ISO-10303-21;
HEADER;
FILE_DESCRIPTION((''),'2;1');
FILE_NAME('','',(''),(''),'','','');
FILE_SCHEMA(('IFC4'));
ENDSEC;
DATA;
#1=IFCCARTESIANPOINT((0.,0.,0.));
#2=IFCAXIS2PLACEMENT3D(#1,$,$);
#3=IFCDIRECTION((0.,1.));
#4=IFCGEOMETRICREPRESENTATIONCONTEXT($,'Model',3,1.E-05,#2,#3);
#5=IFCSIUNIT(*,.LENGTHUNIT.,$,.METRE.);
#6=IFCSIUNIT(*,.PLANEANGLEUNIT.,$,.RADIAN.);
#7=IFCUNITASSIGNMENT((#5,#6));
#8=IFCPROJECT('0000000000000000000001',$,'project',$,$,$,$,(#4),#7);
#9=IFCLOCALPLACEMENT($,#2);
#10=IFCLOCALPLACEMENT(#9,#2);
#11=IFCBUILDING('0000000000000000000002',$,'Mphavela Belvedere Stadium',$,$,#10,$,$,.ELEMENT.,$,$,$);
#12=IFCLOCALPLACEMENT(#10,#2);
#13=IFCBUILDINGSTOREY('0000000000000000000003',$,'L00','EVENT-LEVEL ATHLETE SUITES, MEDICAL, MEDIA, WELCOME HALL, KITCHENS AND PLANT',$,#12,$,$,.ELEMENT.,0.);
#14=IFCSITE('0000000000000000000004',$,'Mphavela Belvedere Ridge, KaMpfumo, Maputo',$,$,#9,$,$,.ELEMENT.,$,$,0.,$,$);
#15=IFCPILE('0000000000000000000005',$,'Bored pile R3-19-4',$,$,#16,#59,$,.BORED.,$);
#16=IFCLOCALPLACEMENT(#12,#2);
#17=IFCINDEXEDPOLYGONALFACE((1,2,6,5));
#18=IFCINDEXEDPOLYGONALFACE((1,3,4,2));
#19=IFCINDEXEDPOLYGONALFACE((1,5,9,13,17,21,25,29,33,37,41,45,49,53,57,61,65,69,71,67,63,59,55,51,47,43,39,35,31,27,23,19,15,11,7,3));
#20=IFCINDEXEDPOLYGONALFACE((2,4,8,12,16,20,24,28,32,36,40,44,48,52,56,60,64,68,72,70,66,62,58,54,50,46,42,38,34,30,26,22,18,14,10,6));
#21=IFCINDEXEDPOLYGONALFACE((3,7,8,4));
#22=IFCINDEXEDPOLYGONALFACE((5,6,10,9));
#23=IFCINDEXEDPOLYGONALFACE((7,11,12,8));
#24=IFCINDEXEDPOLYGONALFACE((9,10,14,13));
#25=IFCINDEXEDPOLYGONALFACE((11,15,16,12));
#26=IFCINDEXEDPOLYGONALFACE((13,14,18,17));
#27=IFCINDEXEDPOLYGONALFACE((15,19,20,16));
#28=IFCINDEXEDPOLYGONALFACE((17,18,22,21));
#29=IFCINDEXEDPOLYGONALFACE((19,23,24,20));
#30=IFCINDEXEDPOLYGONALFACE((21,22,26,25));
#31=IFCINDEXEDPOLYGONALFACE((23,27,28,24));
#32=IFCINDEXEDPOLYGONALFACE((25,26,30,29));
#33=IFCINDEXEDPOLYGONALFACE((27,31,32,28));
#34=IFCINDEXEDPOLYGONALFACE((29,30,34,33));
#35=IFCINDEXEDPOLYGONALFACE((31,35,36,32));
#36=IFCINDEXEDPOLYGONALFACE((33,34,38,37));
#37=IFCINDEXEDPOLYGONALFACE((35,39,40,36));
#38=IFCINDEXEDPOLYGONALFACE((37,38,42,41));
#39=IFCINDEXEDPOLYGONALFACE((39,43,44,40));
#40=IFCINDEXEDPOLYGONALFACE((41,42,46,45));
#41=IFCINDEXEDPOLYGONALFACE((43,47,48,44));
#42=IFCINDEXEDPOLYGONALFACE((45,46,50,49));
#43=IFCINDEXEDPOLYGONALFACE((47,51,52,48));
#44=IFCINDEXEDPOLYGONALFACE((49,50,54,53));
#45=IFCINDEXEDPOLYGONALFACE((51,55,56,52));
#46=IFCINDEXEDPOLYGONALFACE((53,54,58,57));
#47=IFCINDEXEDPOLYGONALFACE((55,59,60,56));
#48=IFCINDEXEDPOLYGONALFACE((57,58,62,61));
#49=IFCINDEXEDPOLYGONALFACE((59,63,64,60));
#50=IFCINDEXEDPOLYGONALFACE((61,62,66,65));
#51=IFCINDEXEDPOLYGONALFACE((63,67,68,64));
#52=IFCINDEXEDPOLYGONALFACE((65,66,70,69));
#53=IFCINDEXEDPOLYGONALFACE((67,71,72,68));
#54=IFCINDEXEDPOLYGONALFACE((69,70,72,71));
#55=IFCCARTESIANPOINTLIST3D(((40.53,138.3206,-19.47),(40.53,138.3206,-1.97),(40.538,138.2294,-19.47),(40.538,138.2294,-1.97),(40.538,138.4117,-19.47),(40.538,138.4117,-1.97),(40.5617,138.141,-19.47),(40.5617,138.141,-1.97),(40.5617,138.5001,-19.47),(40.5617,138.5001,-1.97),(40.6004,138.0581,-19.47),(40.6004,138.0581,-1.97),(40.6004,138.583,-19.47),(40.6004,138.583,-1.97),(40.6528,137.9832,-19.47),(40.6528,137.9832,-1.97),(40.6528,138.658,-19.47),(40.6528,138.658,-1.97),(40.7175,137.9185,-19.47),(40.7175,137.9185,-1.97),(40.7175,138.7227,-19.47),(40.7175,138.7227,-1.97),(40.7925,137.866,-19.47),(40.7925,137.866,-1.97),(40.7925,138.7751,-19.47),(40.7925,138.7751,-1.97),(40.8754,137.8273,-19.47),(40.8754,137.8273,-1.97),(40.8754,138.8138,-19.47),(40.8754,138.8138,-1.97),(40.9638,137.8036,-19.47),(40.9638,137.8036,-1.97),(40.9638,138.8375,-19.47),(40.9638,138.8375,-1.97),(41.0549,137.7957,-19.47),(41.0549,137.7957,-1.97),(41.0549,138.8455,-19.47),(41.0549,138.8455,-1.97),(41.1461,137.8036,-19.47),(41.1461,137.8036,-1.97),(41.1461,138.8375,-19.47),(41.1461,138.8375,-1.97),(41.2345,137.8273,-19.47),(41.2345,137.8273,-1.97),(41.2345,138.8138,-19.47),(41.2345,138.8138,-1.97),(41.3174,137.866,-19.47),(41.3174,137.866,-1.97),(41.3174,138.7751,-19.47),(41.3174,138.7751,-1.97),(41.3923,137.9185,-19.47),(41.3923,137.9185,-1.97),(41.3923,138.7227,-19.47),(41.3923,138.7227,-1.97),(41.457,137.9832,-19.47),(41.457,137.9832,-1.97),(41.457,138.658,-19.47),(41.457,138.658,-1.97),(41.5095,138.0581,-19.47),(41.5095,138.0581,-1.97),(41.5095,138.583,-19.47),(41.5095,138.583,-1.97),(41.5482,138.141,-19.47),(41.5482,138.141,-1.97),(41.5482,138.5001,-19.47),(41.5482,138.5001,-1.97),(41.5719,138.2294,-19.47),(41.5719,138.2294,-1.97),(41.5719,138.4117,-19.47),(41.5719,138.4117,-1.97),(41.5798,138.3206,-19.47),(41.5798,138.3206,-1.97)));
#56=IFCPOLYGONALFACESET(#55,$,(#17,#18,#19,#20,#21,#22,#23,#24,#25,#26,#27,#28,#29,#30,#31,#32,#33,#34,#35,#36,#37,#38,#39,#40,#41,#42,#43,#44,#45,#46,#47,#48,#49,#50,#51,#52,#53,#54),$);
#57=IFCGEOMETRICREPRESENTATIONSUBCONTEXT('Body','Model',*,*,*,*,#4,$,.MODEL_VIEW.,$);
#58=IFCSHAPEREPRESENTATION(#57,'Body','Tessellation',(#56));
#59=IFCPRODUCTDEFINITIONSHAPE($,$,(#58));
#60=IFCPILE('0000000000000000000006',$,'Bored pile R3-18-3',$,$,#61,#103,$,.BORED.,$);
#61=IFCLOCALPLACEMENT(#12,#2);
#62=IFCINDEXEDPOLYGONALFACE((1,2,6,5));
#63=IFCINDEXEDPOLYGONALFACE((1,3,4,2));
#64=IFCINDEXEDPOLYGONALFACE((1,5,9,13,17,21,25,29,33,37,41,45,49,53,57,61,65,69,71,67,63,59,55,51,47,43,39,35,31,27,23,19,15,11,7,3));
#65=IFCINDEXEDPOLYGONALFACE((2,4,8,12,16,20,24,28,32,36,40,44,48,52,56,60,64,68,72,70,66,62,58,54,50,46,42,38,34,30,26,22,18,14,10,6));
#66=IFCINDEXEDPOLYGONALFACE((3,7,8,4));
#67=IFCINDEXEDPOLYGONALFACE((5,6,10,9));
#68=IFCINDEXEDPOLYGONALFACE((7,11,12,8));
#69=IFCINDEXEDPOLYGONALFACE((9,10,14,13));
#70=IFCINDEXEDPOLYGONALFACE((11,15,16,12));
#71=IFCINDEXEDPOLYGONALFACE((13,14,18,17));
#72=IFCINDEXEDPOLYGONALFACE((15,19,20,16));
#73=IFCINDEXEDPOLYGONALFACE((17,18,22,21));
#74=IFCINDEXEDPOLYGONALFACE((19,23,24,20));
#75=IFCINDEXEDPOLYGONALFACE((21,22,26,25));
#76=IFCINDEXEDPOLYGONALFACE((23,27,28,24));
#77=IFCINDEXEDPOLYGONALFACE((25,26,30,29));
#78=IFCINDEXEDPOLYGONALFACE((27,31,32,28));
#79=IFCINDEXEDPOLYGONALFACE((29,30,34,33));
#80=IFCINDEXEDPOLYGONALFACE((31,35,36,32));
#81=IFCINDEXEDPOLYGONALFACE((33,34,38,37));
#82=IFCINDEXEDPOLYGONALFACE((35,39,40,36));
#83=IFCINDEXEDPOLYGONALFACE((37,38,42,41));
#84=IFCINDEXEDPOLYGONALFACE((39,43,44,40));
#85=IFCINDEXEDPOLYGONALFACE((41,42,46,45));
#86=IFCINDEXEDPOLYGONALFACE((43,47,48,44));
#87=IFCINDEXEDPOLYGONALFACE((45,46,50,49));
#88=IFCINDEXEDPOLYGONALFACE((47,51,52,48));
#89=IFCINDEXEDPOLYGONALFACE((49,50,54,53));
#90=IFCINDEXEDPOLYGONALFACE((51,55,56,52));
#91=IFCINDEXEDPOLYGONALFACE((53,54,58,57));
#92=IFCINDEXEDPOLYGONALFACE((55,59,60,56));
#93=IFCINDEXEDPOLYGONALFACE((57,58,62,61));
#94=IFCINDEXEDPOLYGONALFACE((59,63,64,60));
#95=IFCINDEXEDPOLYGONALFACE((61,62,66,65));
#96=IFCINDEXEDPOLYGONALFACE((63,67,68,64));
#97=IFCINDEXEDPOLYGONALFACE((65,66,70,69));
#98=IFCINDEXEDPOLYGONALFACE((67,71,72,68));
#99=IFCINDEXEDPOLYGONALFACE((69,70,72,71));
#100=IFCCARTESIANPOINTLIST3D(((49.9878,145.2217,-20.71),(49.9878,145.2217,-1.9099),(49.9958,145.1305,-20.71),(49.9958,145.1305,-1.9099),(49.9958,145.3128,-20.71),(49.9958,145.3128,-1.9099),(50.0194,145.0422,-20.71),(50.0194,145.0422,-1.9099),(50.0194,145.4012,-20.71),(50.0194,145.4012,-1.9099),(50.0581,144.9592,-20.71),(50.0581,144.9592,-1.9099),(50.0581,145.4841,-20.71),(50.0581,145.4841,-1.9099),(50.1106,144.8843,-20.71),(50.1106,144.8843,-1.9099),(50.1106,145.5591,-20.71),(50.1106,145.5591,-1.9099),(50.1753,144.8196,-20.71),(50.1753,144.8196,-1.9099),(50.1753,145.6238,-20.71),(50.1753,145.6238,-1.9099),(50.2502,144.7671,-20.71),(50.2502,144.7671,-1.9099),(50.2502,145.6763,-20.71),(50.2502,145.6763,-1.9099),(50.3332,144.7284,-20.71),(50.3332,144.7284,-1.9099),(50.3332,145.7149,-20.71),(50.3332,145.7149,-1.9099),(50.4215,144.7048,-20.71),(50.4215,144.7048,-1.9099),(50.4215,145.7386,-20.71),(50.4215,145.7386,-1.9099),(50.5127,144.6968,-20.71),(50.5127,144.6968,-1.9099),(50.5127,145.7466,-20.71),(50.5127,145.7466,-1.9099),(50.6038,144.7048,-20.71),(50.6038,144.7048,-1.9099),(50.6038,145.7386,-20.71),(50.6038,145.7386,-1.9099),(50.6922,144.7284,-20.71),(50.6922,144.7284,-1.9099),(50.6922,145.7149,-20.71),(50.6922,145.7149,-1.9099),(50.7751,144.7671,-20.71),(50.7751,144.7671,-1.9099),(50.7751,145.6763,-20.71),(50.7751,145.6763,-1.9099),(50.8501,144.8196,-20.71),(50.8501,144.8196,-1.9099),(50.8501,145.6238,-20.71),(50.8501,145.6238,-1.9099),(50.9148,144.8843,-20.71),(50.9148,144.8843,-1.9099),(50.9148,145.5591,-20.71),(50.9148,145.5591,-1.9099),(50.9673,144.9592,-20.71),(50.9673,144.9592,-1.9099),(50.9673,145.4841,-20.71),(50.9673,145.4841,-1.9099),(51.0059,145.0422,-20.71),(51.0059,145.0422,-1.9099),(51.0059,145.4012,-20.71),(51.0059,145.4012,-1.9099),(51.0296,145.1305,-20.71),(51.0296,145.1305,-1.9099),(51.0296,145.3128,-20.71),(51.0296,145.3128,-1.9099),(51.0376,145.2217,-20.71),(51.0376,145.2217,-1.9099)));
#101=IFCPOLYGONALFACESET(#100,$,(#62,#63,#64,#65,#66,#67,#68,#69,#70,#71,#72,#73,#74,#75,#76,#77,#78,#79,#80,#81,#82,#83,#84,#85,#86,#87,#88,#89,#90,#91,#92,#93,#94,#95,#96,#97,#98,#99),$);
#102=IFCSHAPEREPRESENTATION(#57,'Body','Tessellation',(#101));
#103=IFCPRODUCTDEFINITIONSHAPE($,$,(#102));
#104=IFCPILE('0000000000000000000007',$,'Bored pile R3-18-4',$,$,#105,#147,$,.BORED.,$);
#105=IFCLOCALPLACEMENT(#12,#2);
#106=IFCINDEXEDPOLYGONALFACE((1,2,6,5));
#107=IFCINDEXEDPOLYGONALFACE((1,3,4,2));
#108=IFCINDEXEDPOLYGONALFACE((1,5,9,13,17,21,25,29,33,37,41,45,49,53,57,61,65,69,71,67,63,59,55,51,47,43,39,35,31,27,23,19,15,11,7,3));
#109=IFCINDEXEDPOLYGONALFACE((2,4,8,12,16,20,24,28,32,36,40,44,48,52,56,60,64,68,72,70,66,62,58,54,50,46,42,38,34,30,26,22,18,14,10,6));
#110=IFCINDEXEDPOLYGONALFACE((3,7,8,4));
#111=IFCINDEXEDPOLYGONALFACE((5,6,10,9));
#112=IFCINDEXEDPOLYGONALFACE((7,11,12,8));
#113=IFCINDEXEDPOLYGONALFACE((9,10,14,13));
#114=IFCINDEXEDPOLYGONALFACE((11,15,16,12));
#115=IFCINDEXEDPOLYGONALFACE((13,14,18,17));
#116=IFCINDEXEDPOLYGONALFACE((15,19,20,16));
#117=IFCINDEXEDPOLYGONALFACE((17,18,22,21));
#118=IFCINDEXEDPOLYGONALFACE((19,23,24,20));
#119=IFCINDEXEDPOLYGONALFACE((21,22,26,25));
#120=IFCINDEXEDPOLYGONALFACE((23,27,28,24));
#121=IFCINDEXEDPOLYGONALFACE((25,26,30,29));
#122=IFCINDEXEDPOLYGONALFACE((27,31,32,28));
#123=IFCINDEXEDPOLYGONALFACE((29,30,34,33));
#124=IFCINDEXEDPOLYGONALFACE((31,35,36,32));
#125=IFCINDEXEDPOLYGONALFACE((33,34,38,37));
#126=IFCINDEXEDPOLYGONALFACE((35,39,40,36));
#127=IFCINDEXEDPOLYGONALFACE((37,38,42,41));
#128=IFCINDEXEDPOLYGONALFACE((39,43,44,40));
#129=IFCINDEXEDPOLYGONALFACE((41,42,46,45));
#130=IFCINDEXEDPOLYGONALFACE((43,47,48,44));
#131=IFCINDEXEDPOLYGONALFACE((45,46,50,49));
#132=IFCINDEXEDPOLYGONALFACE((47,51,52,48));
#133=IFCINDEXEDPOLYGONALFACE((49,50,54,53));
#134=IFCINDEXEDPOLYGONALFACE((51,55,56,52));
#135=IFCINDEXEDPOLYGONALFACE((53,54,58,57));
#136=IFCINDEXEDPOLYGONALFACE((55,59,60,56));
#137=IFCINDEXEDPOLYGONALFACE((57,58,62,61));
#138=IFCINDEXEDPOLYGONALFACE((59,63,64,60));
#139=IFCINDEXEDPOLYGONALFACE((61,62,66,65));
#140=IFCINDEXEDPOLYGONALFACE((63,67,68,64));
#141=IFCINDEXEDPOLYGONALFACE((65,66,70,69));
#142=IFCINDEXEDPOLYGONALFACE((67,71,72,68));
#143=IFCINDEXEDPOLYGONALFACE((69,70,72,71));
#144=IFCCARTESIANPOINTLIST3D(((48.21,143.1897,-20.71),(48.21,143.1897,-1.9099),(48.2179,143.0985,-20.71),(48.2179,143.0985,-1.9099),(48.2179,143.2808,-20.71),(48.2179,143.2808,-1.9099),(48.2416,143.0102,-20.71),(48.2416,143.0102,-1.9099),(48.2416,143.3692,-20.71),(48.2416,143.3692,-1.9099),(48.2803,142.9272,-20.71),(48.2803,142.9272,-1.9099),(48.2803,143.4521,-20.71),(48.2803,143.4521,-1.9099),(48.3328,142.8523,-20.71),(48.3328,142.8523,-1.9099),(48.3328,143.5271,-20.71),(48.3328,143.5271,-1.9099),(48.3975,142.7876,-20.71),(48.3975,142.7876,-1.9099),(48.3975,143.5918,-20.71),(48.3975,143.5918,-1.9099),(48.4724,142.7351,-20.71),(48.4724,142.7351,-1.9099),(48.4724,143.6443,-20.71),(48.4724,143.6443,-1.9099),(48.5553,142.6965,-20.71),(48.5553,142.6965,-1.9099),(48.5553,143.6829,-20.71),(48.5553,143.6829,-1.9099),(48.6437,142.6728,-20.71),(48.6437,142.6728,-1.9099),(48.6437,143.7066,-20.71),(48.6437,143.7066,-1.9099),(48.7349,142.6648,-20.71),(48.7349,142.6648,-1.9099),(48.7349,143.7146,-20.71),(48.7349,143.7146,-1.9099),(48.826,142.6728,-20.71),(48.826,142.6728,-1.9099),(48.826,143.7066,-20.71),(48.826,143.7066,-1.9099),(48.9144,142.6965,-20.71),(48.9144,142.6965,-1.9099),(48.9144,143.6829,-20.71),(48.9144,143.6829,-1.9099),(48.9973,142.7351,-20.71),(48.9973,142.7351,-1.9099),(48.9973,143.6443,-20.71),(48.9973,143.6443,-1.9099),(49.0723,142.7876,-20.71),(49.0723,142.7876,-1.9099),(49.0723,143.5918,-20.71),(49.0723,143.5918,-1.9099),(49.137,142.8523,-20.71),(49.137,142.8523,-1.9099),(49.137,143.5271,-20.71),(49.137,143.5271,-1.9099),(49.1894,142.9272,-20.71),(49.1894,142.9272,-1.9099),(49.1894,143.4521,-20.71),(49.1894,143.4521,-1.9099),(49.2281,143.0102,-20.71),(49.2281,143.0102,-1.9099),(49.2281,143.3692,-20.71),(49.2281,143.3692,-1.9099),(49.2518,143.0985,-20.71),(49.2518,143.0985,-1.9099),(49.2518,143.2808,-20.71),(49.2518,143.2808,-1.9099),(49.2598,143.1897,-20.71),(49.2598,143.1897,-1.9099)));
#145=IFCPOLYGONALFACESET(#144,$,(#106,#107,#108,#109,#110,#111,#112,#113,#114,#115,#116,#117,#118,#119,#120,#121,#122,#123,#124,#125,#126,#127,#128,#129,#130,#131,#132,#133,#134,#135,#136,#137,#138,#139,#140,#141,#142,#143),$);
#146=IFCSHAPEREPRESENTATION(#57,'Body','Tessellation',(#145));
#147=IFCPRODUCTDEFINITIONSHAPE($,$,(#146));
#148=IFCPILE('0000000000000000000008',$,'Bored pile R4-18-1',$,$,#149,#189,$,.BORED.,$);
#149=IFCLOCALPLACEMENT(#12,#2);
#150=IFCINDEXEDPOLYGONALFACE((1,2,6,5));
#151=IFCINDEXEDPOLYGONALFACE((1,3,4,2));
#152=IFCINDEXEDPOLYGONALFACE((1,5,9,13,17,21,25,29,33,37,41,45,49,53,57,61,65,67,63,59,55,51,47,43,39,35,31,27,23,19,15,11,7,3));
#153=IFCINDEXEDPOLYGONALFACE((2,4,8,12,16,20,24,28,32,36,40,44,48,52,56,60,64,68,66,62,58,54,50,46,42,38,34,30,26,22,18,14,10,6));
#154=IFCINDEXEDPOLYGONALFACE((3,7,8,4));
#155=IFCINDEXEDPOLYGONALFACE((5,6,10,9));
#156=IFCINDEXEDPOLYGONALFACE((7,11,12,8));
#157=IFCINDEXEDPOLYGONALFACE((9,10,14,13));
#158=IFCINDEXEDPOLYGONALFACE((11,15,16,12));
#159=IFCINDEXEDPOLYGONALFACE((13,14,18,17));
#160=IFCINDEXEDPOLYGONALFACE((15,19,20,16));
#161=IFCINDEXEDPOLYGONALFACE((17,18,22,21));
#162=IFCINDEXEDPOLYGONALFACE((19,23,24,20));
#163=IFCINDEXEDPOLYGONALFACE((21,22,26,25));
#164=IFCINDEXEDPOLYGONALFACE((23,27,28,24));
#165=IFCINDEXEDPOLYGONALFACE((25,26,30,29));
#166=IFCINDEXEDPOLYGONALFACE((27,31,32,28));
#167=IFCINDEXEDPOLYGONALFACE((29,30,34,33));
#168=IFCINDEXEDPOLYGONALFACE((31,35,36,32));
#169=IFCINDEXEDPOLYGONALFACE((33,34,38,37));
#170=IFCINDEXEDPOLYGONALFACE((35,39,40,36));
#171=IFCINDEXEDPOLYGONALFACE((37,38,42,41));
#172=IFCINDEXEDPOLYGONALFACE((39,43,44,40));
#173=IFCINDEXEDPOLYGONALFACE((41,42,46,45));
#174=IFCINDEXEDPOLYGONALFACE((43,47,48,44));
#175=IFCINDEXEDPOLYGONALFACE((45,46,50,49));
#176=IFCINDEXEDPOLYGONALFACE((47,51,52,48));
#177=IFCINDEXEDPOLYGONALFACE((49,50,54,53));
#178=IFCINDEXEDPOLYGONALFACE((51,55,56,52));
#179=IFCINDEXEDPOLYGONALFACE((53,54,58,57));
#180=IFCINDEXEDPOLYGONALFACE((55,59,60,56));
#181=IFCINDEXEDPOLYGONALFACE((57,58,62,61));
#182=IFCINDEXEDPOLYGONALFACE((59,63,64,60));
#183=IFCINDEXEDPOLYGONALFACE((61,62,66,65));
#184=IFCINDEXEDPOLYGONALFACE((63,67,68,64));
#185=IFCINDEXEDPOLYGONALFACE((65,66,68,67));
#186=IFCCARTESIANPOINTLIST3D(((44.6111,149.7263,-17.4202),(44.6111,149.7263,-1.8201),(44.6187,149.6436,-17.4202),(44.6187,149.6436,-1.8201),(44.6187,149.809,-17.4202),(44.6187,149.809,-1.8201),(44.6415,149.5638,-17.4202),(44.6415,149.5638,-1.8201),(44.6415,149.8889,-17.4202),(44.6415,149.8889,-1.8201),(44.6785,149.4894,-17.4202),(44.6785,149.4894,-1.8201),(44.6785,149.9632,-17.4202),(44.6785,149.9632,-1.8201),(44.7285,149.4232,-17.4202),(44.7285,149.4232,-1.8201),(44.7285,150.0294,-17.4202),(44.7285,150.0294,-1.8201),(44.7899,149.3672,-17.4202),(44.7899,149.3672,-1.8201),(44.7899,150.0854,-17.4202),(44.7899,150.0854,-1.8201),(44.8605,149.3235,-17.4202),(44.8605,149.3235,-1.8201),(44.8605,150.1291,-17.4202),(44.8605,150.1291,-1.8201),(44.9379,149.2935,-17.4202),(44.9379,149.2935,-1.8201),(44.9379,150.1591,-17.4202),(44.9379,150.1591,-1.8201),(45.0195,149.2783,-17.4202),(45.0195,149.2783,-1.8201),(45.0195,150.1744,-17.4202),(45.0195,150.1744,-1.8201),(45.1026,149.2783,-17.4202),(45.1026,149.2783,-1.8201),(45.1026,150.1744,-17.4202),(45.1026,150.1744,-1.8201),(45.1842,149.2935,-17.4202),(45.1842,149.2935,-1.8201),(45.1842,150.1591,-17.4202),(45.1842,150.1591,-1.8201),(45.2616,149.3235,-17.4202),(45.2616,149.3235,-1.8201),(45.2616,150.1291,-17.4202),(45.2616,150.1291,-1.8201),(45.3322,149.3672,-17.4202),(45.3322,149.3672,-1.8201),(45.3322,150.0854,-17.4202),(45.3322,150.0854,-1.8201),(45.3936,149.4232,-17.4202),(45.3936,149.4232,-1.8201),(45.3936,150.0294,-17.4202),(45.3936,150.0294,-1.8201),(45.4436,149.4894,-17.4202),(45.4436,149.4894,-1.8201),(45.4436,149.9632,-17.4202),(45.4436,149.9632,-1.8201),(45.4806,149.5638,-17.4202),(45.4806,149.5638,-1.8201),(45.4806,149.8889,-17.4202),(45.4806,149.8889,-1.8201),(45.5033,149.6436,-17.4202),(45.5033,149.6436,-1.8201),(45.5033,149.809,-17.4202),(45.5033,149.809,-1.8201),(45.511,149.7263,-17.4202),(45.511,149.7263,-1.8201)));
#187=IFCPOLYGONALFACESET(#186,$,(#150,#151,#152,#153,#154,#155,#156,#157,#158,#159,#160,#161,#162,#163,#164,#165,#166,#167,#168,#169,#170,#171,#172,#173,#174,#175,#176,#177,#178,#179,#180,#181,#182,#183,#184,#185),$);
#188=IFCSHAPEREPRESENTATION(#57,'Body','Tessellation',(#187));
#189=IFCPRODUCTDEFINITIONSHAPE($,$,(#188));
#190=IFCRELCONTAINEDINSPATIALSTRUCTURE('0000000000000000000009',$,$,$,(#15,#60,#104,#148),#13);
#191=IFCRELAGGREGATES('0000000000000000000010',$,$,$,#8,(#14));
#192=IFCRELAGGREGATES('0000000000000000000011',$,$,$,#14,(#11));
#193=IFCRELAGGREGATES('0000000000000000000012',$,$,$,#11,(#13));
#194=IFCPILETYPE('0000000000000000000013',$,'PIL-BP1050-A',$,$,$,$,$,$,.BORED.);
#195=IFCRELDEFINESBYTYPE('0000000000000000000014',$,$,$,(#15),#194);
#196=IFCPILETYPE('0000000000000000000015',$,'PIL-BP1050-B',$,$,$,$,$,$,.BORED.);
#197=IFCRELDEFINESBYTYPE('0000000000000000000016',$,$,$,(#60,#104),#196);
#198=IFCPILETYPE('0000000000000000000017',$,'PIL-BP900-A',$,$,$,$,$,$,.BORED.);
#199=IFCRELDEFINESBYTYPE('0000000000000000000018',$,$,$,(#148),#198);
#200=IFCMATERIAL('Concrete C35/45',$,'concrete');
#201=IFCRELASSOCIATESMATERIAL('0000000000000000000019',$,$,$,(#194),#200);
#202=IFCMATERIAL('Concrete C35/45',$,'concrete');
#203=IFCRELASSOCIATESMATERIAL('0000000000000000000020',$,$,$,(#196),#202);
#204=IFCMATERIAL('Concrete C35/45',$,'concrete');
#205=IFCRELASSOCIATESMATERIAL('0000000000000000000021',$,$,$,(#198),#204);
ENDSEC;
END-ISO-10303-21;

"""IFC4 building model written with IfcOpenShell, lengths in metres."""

from ifc_helpers import new_model, si_unit, direction, frame, origin, origin_2d, place, context, subcontext, project, spatial, circle, extrude, material, material_profile, profile_set, type_object, element, save


model = new_model("IFC4")

# Units and contexts
model_context = context("Model", 3, precision=1e-05, world=origin(), true_north=direction((0.0, 1.0)))
body_context = subcontext(model_context, "Body", "Model", "MODEL_VIEW")
ifc_project = project(units=[si_unit("LENGTHUNIT", "METRE"), si_unit("PLANEANGLEUNIT", "RADIAN")], contexts=[model_context])

# Site, building, storey
site_placement = place(None, origin())
site = spatial("IfcSite", under=ifc_project, at=site_placement, Name="Mphavela Belvedere Ridge, KaMpfumo, Maputo", CompositionType="ELEMENT", RefElevation=0.0)
building_placement = place(site_placement, origin())
building = spatial("IfcBuilding", under=site, at=building_placement, Name="Mphavela Belvedere Stadium", CompositionType="ELEMENT")
storey_placement = place(building_placement, origin())
storey = spatial("IfcBuildingStorey", under=building, at=storey_placement, Name="L00", Description="EVENT-LEVEL ATHLETE SUITES, MEDICAL, MEDIA, WELCOME HALL, KITCHENS AND PLANT", CompositionType="ELEMENT", Elevation=0.0)

# Piles
ifc_material_1 = material(Name="Concrete C35/45", Category="concrete")
ifc_material_profile_1 = material_profile(ifc_material_1, circle(Radius=0.5249, at=origin_2d()), Name="BP D1050")
ifc_profile_set_1 = profile_set([ifc_material_profile_1], Name="Concrete C35/45")
pile_type_1 = type_object("IfcPileType", Name="PIL-BP1050-A", PredefinedType="BORED", material=ifc_profile_set_1)
for number, where, z_axis, x_axis, name in (
    (1, (41.0549, 138.3206, -1.97), (0.0, 0.0, -1.0), (1.0, 0.0, 0.0), "Bored pile R3-19-4"),
):
    element("IfcPile", number, at=place(storey_placement, frame(where, z_axis=z_axis, x_axis=x_axis)), inside=storey, type_object=pile_type_1, Name=name, PredefinedType="BORED", context=body_context, shape_type="SweptSolid", body=[
        extrude(circle(Radius=0.5249, at=origin_2d()), origin(), (0.0, 0.0, 1.0), 17.5),
    ])
ifc_material_2 = material(Name="Concrete C35/45", Category="concrete")
ifc_material_profile_2 = material_profile(ifc_material_2, circle(Radius=0.5249, at=origin_2d()), Name="BP D1050")
ifc_profile_set_2 = profile_set([ifc_material_profile_2], Name="Concrete C35/45")
pile_type_2 = type_object("IfcPileType", Name="PIL-BP1050-B", PredefinedType="BORED", material=ifc_profile_set_2)
for number, where, z_axis, x_axis, name in (
    (2, (50.5127, 145.2217, -1.9099), (0.0, 0.0, -1.0), (1.0, 0.0, 0.0), "Bored pile R3-18-3"),
    (3, (48.7349, 143.1897, -1.9099), (0.0, 0.0, -1.0), (1.0, 0.0, 0.0), "Bored pile R3-18-4"),
):
    element("IfcPile", number, at=place(storey_placement, frame(where, z_axis=z_axis, x_axis=x_axis)), inside=storey, type_object=pile_type_2, Name=name, PredefinedType="BORED", context=body_context, shape_type="SweptSolid", body=[
        extrude(circle(Radius=0.5249, at=origin_2d()), origin(), (0.0, 0.0, 1.0), 18.8),
    ])
ifc_material_3 = material(Name="Concrete C35/45", Category="concrete")
ifc_material_profile_3 = material_profile(ifc_material_3, circle(Radius=0.45, at=origin_2d()), Name="BP D900")
ifc_profile_set_3 = profile_set([ifc_material_profile_3], Name="Concrete C35/45")
pile_type_3 = type_object("IfcPileType", Name="PIL-BP900-A", PredefinedType="BORED", material=ifc_profile_set_3)
for number, where, z_axis, x_axis, name in (
    (4, (45.061, 149.7263, -1.8201), (0.0, 0.0, -1.0), (1.0, 0.0, 0.0), "Bored pile R4-18-1"),
):
    element("IfcPile", number, at=place(storey_placement, frame(where, z_axis=z_axis, x_axis=x_axis)), inside=storey, type_object=pile_type_3, Name=name, PredefinedType="BORED", context=body_context, shape_type="SweptSolid", body=[
        extrude(circle(Radius=0.45, at=origin_2d()), origin(), (0.0, 0.0, 1.0), 15.6001),
    ])

save(model, "model.ifc")
